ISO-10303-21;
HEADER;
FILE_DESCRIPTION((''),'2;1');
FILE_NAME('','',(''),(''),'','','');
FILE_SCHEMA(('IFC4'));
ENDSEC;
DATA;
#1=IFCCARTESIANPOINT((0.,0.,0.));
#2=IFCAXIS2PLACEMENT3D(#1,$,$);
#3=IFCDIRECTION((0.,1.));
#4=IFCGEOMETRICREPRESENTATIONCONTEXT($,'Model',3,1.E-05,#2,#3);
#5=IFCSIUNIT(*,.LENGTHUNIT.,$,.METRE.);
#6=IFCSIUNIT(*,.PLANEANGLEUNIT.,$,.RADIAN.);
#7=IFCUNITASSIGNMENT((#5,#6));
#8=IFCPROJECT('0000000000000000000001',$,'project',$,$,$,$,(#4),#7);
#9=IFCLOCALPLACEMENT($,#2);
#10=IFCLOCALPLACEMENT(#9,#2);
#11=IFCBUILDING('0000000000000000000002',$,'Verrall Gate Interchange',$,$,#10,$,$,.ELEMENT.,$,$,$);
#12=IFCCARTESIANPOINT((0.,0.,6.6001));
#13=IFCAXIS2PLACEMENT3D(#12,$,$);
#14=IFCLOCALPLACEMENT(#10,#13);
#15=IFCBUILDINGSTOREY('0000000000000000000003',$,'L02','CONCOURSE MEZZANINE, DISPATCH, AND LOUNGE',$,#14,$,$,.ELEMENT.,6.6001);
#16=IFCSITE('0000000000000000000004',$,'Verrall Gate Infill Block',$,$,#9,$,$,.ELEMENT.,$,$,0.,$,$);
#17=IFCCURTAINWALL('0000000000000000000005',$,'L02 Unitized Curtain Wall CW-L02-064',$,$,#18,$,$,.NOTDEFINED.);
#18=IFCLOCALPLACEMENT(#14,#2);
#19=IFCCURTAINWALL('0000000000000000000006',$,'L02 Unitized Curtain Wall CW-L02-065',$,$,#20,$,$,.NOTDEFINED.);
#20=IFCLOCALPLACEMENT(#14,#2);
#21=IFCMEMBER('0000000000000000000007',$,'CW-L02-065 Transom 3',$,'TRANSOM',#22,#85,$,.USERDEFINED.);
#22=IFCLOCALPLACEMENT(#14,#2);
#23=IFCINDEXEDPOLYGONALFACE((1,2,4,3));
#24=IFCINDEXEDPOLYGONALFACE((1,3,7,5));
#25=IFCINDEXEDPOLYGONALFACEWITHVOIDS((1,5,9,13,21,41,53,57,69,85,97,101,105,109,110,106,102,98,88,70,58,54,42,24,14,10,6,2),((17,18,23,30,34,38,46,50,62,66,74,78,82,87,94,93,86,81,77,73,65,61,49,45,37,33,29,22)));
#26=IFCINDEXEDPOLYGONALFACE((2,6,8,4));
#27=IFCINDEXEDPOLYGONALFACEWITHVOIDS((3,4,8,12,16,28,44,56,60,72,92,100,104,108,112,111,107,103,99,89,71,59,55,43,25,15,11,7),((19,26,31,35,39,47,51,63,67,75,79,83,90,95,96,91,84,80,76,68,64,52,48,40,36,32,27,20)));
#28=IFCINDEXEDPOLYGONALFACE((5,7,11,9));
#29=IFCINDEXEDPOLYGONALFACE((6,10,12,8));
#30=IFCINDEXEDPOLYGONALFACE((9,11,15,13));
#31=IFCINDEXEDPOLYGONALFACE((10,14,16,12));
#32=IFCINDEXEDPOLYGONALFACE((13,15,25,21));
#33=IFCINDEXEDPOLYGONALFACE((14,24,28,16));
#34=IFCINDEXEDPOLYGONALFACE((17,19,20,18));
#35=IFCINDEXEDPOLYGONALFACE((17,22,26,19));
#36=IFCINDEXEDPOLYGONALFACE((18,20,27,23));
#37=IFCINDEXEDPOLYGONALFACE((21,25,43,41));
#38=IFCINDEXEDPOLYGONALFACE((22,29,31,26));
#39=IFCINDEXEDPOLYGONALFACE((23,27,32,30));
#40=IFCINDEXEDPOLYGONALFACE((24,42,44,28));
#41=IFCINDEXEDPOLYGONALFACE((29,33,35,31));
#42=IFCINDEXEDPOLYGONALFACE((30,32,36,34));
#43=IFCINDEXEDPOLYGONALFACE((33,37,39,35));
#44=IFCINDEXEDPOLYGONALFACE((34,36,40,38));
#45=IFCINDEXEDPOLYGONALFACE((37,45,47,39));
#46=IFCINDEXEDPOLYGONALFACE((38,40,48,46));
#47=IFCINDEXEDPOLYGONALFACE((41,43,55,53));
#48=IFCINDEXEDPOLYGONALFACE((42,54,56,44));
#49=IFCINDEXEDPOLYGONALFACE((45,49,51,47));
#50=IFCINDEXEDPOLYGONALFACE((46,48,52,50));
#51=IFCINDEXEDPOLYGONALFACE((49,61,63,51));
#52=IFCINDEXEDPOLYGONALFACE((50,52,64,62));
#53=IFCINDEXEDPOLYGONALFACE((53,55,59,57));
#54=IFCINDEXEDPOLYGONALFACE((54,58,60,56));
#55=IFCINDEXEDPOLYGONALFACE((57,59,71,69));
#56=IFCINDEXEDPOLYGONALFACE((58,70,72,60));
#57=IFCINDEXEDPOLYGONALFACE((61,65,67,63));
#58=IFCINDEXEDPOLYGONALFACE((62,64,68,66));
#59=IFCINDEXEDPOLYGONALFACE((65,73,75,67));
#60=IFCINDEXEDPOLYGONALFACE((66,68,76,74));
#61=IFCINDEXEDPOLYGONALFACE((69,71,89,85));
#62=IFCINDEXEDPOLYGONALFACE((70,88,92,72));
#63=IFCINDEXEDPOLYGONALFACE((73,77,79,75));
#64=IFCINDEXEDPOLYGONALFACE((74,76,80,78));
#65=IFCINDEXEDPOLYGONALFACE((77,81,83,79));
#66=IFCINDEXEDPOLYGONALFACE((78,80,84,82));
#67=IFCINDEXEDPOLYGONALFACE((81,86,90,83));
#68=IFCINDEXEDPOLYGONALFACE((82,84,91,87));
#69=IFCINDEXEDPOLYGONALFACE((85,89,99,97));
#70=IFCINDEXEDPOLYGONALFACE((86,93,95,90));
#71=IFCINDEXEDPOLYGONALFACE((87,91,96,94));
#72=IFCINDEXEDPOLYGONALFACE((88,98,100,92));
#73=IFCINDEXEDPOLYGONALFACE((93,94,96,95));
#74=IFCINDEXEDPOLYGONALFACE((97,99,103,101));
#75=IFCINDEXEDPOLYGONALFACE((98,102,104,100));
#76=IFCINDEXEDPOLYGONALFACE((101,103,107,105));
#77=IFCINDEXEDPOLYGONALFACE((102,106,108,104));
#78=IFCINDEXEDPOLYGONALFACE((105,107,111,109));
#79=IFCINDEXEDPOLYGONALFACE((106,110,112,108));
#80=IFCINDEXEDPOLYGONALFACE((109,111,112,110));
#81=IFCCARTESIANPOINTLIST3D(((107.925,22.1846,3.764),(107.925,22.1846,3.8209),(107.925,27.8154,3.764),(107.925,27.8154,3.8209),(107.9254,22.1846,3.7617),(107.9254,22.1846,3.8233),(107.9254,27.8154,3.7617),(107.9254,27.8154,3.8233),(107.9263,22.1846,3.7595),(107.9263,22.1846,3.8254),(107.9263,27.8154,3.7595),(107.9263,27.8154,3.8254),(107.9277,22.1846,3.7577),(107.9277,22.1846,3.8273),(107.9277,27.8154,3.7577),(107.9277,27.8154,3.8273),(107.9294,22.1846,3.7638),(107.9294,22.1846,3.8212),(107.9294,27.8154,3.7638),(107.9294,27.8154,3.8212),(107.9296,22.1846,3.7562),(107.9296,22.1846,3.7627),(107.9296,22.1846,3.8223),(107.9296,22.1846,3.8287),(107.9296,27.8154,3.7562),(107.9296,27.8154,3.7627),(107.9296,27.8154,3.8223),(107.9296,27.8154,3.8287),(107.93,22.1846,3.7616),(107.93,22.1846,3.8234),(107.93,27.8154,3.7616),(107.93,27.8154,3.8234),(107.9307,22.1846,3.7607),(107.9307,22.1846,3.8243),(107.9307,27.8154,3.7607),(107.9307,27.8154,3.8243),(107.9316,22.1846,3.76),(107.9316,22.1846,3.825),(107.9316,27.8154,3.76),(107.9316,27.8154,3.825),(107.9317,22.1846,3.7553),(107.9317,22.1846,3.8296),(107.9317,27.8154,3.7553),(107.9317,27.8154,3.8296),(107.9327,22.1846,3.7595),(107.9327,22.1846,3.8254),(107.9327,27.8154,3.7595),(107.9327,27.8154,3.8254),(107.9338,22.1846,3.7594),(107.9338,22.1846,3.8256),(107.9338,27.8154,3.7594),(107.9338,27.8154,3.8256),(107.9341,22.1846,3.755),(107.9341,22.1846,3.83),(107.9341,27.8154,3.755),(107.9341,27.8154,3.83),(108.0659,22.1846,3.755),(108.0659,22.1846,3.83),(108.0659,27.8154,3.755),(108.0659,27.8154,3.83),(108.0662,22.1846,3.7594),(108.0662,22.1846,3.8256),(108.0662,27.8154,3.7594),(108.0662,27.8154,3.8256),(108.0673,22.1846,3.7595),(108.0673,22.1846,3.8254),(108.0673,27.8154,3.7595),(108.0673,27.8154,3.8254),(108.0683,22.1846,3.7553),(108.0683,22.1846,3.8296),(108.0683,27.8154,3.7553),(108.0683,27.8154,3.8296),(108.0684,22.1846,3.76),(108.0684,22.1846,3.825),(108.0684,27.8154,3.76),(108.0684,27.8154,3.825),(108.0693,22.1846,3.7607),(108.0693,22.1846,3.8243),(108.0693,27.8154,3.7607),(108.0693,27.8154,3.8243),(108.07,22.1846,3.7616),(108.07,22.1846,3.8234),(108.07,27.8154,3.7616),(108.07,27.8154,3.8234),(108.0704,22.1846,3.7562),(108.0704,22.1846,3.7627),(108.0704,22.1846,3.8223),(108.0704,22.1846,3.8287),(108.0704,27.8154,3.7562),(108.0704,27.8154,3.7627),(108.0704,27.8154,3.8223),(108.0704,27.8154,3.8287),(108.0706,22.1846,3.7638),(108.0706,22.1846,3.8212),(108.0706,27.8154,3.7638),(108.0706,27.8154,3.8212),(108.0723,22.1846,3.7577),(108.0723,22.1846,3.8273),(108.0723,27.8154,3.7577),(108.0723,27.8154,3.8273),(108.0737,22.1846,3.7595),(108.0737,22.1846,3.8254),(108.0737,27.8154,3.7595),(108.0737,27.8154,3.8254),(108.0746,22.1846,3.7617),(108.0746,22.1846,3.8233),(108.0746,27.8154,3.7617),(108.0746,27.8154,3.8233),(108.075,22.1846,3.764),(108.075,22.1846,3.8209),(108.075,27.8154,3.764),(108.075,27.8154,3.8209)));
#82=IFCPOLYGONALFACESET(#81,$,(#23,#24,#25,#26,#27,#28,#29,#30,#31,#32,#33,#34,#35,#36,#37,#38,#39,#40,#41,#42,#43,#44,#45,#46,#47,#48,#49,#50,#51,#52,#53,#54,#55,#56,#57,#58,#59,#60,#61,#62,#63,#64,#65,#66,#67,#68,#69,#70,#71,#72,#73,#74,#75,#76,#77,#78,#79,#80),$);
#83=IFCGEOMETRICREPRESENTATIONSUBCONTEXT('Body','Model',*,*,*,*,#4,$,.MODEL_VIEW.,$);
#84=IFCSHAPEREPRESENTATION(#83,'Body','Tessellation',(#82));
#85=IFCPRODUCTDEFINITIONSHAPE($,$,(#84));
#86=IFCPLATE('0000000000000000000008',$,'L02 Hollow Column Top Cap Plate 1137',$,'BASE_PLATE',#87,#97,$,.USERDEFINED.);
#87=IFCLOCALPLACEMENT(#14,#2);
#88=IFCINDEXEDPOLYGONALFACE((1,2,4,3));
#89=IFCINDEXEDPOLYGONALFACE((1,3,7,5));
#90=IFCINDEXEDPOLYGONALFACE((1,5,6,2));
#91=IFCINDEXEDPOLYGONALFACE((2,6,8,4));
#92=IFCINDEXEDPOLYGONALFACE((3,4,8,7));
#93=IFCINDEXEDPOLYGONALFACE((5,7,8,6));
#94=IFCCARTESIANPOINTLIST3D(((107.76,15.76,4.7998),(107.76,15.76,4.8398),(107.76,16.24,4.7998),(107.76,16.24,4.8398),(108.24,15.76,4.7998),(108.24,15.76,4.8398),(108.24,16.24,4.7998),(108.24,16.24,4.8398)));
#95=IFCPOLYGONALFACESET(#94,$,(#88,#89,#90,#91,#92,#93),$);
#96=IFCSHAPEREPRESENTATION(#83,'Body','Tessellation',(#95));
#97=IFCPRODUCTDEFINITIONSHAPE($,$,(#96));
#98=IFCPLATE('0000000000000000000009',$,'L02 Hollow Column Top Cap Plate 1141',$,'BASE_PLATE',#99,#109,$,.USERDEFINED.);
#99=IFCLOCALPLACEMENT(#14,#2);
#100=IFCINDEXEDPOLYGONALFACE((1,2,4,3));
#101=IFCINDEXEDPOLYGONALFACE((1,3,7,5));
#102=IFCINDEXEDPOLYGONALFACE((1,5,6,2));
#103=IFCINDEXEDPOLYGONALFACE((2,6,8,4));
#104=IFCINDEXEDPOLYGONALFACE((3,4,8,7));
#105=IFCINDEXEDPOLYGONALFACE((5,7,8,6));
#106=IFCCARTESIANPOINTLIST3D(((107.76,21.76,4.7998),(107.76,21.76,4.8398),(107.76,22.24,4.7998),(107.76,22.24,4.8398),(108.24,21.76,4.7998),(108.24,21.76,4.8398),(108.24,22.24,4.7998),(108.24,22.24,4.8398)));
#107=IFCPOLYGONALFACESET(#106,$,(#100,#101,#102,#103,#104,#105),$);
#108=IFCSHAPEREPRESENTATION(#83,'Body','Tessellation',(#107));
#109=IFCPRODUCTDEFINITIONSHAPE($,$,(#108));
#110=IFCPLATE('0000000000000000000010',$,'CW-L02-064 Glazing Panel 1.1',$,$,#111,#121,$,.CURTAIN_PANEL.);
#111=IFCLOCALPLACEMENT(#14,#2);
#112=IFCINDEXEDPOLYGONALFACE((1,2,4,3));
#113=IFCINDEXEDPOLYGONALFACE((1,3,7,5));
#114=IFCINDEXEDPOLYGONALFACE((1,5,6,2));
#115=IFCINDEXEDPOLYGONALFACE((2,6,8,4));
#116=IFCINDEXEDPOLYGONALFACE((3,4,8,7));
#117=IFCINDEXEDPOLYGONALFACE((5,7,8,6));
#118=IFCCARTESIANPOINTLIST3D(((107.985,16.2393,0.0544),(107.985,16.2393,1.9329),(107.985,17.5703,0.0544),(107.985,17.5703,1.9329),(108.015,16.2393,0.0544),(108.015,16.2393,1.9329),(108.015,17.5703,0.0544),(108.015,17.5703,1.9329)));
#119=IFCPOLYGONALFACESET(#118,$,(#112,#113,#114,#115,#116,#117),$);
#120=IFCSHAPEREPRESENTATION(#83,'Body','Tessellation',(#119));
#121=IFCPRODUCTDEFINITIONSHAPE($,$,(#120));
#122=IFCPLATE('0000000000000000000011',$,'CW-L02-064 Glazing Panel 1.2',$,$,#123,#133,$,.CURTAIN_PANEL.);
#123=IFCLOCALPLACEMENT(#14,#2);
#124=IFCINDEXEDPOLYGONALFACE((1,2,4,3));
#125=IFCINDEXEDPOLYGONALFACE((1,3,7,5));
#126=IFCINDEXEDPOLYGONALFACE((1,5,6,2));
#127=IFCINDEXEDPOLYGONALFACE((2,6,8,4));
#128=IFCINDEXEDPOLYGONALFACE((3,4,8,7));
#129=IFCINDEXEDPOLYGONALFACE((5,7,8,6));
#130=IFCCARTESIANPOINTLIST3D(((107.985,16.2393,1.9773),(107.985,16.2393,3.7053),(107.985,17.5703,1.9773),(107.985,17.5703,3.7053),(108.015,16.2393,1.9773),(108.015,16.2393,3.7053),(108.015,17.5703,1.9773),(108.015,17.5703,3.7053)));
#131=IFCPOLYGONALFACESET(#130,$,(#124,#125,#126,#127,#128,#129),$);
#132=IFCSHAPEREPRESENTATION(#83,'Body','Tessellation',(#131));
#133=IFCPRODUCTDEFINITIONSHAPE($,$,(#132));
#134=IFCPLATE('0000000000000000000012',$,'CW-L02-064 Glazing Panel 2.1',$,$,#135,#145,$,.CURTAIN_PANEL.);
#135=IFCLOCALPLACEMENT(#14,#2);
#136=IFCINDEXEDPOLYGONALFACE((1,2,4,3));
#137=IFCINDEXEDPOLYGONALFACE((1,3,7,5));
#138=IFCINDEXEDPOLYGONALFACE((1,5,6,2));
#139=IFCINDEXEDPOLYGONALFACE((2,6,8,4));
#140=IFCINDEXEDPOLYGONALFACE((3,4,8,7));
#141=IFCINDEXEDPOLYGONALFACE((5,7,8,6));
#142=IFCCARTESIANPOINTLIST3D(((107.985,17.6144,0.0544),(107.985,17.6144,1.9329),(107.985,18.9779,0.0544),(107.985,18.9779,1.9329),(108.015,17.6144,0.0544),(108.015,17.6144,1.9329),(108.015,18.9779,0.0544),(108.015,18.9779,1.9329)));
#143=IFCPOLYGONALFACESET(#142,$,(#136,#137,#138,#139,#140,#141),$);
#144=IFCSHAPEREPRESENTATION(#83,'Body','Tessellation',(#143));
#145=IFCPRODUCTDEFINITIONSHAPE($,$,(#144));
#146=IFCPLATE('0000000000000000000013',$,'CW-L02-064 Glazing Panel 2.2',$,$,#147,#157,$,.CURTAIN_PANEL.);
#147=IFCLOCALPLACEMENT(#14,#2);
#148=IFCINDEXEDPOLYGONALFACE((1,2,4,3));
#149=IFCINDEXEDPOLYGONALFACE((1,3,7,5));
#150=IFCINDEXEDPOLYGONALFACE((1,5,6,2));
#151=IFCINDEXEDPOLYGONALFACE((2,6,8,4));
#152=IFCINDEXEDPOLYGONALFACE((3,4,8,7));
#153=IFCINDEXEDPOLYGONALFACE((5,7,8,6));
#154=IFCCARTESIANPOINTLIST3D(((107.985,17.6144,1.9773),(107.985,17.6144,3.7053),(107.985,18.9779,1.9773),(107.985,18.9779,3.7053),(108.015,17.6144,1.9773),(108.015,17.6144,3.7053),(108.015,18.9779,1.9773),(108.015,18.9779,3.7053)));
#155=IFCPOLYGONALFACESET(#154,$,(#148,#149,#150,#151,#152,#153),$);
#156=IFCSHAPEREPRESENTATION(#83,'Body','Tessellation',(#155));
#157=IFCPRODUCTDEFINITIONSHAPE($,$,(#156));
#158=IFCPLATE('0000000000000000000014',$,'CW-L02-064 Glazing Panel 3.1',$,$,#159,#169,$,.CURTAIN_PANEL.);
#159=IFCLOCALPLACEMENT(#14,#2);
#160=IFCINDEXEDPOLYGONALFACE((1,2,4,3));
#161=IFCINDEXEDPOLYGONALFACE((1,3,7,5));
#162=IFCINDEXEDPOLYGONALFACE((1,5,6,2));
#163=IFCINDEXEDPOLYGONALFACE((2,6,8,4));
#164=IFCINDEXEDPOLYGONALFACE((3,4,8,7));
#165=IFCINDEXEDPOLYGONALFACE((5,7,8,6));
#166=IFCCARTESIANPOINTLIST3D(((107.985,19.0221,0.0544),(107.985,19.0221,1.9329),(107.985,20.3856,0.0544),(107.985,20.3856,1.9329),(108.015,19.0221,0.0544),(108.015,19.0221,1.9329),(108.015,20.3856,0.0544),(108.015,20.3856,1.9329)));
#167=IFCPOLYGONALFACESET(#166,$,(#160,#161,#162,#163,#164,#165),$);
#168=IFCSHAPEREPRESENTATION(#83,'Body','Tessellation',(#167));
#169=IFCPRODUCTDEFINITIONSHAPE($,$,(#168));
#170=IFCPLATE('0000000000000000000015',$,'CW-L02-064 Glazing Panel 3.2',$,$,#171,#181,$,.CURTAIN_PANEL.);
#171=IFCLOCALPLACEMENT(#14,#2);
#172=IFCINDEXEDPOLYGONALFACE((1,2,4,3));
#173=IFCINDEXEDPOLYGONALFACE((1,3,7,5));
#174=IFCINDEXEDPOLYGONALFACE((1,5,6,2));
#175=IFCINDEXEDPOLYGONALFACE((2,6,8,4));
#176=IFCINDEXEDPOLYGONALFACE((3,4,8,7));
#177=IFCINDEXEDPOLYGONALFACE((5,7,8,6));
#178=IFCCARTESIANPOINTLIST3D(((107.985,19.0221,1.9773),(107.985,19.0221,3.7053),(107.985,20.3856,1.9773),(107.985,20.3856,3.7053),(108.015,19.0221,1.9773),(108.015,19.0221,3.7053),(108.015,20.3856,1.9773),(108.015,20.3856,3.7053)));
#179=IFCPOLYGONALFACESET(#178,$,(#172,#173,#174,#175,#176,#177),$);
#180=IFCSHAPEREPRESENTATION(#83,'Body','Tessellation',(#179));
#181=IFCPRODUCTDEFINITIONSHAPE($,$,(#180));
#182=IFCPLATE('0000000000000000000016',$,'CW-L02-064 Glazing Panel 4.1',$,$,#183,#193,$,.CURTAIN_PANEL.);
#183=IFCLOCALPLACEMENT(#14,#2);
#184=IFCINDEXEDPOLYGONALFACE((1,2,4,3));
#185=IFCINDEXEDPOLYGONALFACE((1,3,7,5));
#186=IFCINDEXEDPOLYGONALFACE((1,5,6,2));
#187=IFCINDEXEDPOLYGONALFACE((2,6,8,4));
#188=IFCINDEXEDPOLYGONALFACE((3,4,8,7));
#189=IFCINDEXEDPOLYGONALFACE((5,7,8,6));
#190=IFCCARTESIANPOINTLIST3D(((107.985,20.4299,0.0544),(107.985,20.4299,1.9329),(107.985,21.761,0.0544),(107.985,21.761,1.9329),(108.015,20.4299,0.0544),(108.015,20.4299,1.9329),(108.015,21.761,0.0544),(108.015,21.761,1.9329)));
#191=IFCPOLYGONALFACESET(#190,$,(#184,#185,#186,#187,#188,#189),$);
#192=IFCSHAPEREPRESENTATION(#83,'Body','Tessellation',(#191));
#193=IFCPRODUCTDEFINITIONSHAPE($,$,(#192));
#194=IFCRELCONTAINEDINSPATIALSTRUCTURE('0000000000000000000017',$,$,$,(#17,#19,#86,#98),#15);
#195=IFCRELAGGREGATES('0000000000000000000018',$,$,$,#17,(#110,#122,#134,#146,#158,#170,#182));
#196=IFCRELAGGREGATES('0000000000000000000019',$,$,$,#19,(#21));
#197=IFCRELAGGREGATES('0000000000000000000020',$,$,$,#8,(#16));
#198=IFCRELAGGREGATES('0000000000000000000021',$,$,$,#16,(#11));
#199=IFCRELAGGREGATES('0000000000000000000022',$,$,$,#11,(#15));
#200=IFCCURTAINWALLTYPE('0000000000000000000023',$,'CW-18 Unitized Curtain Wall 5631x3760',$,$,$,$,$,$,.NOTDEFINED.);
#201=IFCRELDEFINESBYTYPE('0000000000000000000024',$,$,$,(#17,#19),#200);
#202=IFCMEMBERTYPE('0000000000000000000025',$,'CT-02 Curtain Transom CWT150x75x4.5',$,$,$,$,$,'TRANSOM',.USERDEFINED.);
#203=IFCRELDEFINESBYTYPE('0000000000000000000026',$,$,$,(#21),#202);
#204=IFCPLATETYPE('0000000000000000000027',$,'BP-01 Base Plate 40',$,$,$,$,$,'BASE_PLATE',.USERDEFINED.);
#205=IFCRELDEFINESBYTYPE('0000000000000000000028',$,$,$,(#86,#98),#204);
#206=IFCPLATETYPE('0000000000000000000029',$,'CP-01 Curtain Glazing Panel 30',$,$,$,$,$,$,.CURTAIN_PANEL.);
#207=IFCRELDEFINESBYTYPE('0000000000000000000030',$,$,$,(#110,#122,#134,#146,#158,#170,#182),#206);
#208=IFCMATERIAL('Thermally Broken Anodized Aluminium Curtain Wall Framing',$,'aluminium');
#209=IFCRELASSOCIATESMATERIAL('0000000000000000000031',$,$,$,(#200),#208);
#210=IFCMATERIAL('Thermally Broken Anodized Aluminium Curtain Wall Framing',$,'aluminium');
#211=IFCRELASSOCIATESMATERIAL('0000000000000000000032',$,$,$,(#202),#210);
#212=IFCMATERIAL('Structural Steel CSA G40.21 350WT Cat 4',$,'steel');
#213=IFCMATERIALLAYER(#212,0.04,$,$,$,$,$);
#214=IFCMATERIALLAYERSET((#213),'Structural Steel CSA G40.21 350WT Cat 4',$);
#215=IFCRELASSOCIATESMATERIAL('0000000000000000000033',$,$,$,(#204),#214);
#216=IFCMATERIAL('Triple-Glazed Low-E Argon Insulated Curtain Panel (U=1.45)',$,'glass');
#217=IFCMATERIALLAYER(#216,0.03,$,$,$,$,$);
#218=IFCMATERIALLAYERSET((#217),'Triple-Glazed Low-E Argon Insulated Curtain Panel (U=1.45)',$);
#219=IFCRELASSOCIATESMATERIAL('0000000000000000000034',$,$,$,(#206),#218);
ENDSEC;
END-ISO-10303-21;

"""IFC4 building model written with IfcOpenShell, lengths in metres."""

from ifc_helpers import new_model, si_unit, direction, frame, origin, origin_2d, place, context, subcontext, project, spatial, rectangle, hollow_rectangle, extrude, material, layer, layer_set, material_profile, profile_set, type_object, element, aggregate, save


model = new_model("IFC4")

# Units and contexts
model_context = context("Model", 3, precision=1e-05, world=origin(), true_north=direction((0.0, 1.0)))
body_context = subcontext(model_context, "Body", "Model", "MODEL_VIEW")
ifc_project = project(units=[si_unit("LENGTHUNIT", "METRE"), si_unit("PLANEANGLEUNIT", "RADIAN")], contexts=[model_context])

# Site, building, storey
site_placement = place(None, origin())
site = spatial("IfcSite", under=ifc_project, at=site_placement, Name="Verrall Gate Infill Block", CompositionType="ELEMENT", RefElevation=0.0)
building_placement = place(site_placement, origin())
building = spatial("IfcBuilding", under=site, at=building_placement, Name="Verrall Gate Interchange", CompositionType="ELEMENT")
storey_placement = place(building_placement, frame((0.0, 0.0, 6.6001)))
storey = spatial("IfcBuildingStorey", under=building, at=storey_placement, Name="L02", Description="CONCOURSE MEZZANINE, DISPATCH, AND LOUNGE", CompositionType="ELEMENT", Elevation=6.6001)

# Curtain walls
ifc_material_1 = material(Name="Thermally Broken Anodized Aluminium Curtain Wall Framing", Category="aluminium")
curtain_wall_type = type_object("IfcCurtainWallType", Name="CW-18 Unitized Curtain Wall 5631x3760", PredefinedType="NOTDEFINED", material=ifc_material_1)
curtain_wall_1_placement = place(storey_placement, origin())
curtain_wall_1 = element("IfcCurtainWall", 1, at=curtain_wall_1_placement, inside=storey, type_object=curtain_wall_type, Name="L02 Unitized Curtain Wall CW-L02-064", PredefinedType="NOTDEFINED")
curtain_wall_2_placement = place(storey_placement, origin())
curtain_wall_2 = element("IfcCurtainWall", 2, at=curtain_wall_2_placement, inside=storey, type_object=curtain_wall_type, Name="L02 Unitized Curtain Wall CW-L02-065", PredefinedType="NOTDEFINED")

# Member
ifc_material_2 = material(Name="Thermally Broken Anodized Aluminium Curtain Wall Framing", Category="aluminium")
ifc_material_profile_1 = material_profile(ifc_material_2, hollow_rectangle(XDim=0.1499, YDim=0.075, WallThickness=0.0044, InnerFilletRadius=0.0044, OuterFilletRadius=0.009, at=origin_2d()), Name="CWT150x75x4.5")
ifc_profile_set_1 = profile_set([ifc_material_profile_1], Name="Thermally Broken Anodized Aluminium Curtain Wall Framing")
member_type_1 = type_object("IfcMemberType", Name="CT-02 Curtain Transom CWT150x75x4.5", ElementType="TRANSOM", PredefinedType="USERDEFINED", material=ifc_profile_set_1)
member_1_placement = place(storey_placement, frame((108.0, 22.1846, 3.7925), z_axis=(0.0, 1.0, 0.0), x_axis=(-1.0, 0.0, 0.0)))
member_1 = element("IfcMember", 3, at=member_1_placement, type_object=member_type_1, Name="CW-L02-065 Transom 3", ObjectType="TRANSOM", PredefinedType="USERDEFINED", context=body_context, shape_type="SweptSolid", body=[
    extrude(hollow_rectangle(XDim=0.1499, YDim=0.075, WallThickness=0.0044, InnerFilletRadius=0.0044, OuterFilletRadius=0.009, at=origin_2d()), origin(), (0.0, 0.0, 1.0), 5.6309),
])

# Plates
ifc_material_3 = material(Name="Structural Steel CSA G40.21 350WT Cat 4", Category="steel")
ifc_layer_1 = layer(ifc_material_3, 0.04)
ifc_layer_set_1 = layer_set([ifc_layer_1], Name="Structural Steel CSA G40.21 350WT Cat 4")
plate_type_1 = type_object("IfcPlateType", Name="BP-01 Base Plate 40", ElementType="BASE_PLATE", PredefinedType="USERDEFINED", material=ifc_layer_set_1)
for number, where, z_axis, x_axis, name in (
    (4, (108.0, 16.0, 4.7998), (0.0, 0.0, 1.0), (1.0, 0.0, 0.0), "L02 Hollow Column Top Cap Plate 1137"),
    (5, (108.0, 22.0, 4.7998), (0.0, 0.0, 1.0), (1.0, 0.0, 0.0), "L02 Hollow Column Top Cap Plate 1141"),
):
    element("IfcPlate", number, at=place(storey_placement, frame(where, z_axis=z_axis, x_axis=x_axis)), inside=storey, type_object=plate_type_1, Name=name, ObjectType="BASE_PLATE", PredefinedType="USERDEFINED", context=body_context, shape_type="SweptSolid", body=[
        extrude(rectangle(XDim=0.48, YDim=0.48, at=origin_2d()), origin(), (0.0, 0.0, 1.0), 0.04),
    ])

# Plates
ifc_material_4 = material(Name="Triple-Glazed Low-E Argon Insulated Curtain Panel (U=1.45)", Category="glass")
ifc_layer_2 = layer(ifc_material_4, 0.03)
ifc_layer_set_2 = layer_set([ifc_layer_2], Name="Triple-Glazed Low-E Argon Insulated Curtain Panel (U=1.45)")
plate_type_2 = type_object("IfcPlateType", Name="CP-01 Curtain Glazing Panel 30", PredefinedType="CURTAIN_PANEL", material=ifc_layer_set_2)
plate_1_placement = place(storey_placement, frame((108.0, 16.9048, 0.0544), z_axis=(0.0, 0.0, 1.0), x_axis=(0.0, 1.0, 0.0)))
plate_1 = element("IfcPlate", 6, at=plate_1_placement, type_object=plate_type_2, Name="CW-L02-064 Glazing Panel 1.1", PredefinedType="CURTAIN_PANEL", context=body_context, shape_type="SweptSolid", body=[
    extrude(rectangle(XDim=1.3311, YDim=0.03, at=origin_2d()), origin(), (0.0, 0.0, 1.0), 1.8784),
])
plate_2_placement = place(storey_placement, frame((108.0, 16.9048, 1.9773), z_axis=(0.0, 0.0, 1.0), x_axis=(0.0, 1.0, 0.0)))
plate_2 = element("IfcPlate", 7, at=plate_2_placement, type_object=plate_type_2, Name="CW-L02-064 Glazing Panel 1.2", PredefinedType="CURTAIN_PANEL", context=body_context, shape_type="SweptSolid", body=[
    extrude(rectangle(XDim=1.3311, YDim=0.03, at=origin_2d()), origin(), (0.0, 0.0, 1.0), 1.728),
])
plate_3_placement = place(storey_placement, frame((108.0, 18.2961, 0.0544), z_axis=(0.0, 0.0, 1.0), x_axis=(0.0, 1.0, 0.0)))
plate_3 = element("IfcPlate", 8, at=plate_3_placement, type_object=plate_type_2, Name="CW-L02-064 Glazing Panel 2.1", PredefinedType="CURTAIN_PANEL", context=body_context, shape_type="SweptSolid", body=[
    extrude(rectangle(XDim=1.3635, YDim=0.03, at=origin_2d()), origin(), (0.0, 0.0, 1.0), 1.8784),
])
plate_4_placement = place(storey_placement, frame((108.0, 18.2961, 1.9773), z_axis=(0.0, 0.0, 1.0), x_axis=(0.0, 1.0, 0.0)))
plate_4 = element("IfcPlate", 9, at=plate_4_placement, type_object=plate_type_2, Name="CW-L02-064 Glazing Panel 2.2", PredefinedType="CURTAIN_PANEL", context=body_context, shape_type="SweptSolid", body=[
    extrude(rectangle(XDim=1.3635, YDim=0.03, at=origin_2d()), origin(), (0.0, 0.0, 1.0), 1.728),
])
plate_5_placement = place(storey_placement, frame((108.0, 19.7039, 0.0544), z_axis=(0.0, 0.0, 1.0), x_axis=(0.0, 1.0, 0.0)))
plate_5 = element("IfcPlate", 10, at=plate_5_placement, type_object=plate_type_2, Name="CW-L02-064 Glazing Panel 3.1", PredefinedType="CURTAIN_PANEL", context=body_context, shape_type="SweptSolid", body=[
    extrude(rectangle(XDim=1.3635, YDim=0.03, at=origin_2d()), origin(), (0.0, 0.0, 1.0), 1.8784),
])
plate_6_placement = place(storey_placement, frame((108.0, 19.7039, 1.9773), z_axis=(0.0, 0.0, 1.0), x_axis=(0.0, 1.0, 0.0)))
plate_6 = element("IfcPlate", 11, at=plate_6_placement, type_object=plate_type_2, Name="CW-L02-064 Glazing Panel 3.2", PredefinedType="CURTAIN_PANEL", context=body_context, shape_type="SweptSolid", body=[
    extrude(rectangle(XDim=1.3635, YDim=0.03, at=origin_2d()), origin(), (0.0, 0.0, 1.0), 1.728),
])
plate_7_placement = place(storey_placement, frame((108.0, 21.0955, 0.0544), z_axis=(0.0, 0.0, 1.0), x_axis=(0.0, 1.0, 0.0)))
plate_7 = element("IfcPlate", 12, at=plate_7_placement, type_object=plate_type_2, Name="CW-L02-064 Glazing Panel 4.1", PredefinedType="CURTAIN_PANEL", context=body_context, shape_type="SweptSolid", body=[
    extrude(rectangle(XDim=1.3311, YDim=0.03, at=origin_2d()), origin(), (0.0, 0.0, 1.0), 1.8784),
])
aggregate(curtain_wall_1, [plate_1, plate_2, plate_3, plate_4, plate_5, plate_6, plate_7])
aggregate(curtain_wall_2, [member_1])

save(model, "model.ifc")
